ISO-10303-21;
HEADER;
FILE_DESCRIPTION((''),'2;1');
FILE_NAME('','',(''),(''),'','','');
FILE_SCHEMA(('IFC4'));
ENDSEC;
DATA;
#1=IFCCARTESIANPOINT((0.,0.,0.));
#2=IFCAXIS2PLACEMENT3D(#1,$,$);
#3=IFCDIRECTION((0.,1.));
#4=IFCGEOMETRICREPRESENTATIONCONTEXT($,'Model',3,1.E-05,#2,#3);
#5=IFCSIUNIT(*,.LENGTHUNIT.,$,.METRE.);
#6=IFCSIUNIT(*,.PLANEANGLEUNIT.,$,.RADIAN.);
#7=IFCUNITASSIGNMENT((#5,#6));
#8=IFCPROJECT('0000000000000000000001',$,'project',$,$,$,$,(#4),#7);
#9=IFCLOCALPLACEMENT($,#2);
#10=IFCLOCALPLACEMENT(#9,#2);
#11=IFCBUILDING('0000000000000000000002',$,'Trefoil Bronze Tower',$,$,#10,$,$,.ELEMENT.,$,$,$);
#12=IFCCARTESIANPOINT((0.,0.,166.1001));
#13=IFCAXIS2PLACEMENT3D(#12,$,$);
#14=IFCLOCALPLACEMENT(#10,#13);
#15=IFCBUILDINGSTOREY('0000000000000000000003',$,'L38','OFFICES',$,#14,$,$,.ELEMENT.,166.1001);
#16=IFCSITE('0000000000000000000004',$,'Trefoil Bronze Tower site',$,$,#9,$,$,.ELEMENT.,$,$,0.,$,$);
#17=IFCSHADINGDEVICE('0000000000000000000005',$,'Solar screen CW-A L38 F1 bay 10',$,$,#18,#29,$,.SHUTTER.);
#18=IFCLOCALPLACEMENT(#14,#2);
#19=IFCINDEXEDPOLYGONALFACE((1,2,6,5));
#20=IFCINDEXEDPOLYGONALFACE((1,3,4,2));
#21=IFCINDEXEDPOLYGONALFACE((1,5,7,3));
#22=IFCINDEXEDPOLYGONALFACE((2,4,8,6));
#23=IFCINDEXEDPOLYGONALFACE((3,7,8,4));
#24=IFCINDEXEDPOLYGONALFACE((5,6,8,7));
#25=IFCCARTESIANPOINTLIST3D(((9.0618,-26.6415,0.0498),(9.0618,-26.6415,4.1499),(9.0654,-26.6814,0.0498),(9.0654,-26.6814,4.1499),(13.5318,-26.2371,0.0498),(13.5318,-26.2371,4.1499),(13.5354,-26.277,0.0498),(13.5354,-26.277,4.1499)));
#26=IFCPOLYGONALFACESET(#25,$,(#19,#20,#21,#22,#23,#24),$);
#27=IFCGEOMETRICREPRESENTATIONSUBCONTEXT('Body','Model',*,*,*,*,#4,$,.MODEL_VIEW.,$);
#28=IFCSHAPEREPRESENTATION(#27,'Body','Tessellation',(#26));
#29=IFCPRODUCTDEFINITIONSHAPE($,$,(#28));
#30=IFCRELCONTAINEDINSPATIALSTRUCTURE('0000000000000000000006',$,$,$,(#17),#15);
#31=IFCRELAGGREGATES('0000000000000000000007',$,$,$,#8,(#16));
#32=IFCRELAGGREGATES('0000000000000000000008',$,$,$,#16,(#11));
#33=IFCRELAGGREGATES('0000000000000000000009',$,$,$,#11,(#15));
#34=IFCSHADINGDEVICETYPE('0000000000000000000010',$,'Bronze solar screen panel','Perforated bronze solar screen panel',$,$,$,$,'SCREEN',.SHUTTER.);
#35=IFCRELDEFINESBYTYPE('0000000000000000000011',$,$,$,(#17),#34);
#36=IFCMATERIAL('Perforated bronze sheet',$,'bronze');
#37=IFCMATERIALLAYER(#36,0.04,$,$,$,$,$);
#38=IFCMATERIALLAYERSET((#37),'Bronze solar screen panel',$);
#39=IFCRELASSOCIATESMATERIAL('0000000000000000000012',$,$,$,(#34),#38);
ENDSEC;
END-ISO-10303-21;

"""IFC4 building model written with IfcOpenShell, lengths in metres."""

from ifc_helpers import new_model, si_unit, direction, frame, origin, origin_2d, place, context, subcontext, project, spatial, rectangle, extrude, material, layer, layer_set, type_object, element, save


model = new_model("IFC4")

# Units and contexts
model_context = context("Model", 3, precision=1e-05, world=origin(), true_north=direction((0.0, 1.0)))
body_context = subcontext(model_context, "Body", "Model", "MODEL_VIEW")
ifc_project = project(units=[si_unit("LENGTHUNIT", "METRE"), si_unit("PLANEANGLEUNIT", "RADIAN")], contexts=[model_context])

# Site, building, storey
site_placement = place(None, origin())
site = spatial("IfcSite", under=ifc_project, at=site_placement, Name="Trefoil Bronze Tower site", CompositionType="ELEMENT", RefElevation=0.0)
building_placement = place(site_placement, origin())
building = spatial("IfcBuilding", under=site, at=building_placement, Name="Trefoil Bronze Tower", CompositionType="ELEMENT")
storey_placement = place(building_placement, frame((0.0, 0.0, 166.1001)))
storey = spatial("IfcBuildingStorey", under=building, at=storey_placement, Name="L38", Description="OFFICES", CompositionType="ELEMENT", Elevation=166.1001)

# Shading device
ifc_material_1 = material(Name="Perforated bronze sheet", Category="bronze")
ifc_layer_1 = layer(ifc_material_1, 0.04)
ifc_layer_set_1 = layer_set([ifc_layer_1], Name="Bronze solar screen panel")
shading_device_type = type_object("IfcShadingDeviceType", Name="Bronze solar screen panel", Description="Perforated bronze solar screen panel", ElementType="SCREEN", PredefinedType="SHUTTER", material=ifc_layer_set_1)
shading_device_1_placement = place(storey_placement, frame((11.2986, -26.4592, 0.0498), z_axis=(0.0, 0.0, 1.0), x_axis=(0.995932, 0.090105, 0.0)))
element("IfcShadingDevice", 1, at=shading_device_1_placement, inside=storey, type_object=shading_device_type, Name="Solar screen CW-A L38 F1 bay 10", PredefinedType="SHUTTER", context=body_context, shape_type="SweptSolid", body=[
    extrude(rectangle(XDim=4.4883, YDim=0.04, at=origin_2d()), origin(), (0.0, 0.0, 1.0), 4.1001),
])

save(model, "model.ifc")
